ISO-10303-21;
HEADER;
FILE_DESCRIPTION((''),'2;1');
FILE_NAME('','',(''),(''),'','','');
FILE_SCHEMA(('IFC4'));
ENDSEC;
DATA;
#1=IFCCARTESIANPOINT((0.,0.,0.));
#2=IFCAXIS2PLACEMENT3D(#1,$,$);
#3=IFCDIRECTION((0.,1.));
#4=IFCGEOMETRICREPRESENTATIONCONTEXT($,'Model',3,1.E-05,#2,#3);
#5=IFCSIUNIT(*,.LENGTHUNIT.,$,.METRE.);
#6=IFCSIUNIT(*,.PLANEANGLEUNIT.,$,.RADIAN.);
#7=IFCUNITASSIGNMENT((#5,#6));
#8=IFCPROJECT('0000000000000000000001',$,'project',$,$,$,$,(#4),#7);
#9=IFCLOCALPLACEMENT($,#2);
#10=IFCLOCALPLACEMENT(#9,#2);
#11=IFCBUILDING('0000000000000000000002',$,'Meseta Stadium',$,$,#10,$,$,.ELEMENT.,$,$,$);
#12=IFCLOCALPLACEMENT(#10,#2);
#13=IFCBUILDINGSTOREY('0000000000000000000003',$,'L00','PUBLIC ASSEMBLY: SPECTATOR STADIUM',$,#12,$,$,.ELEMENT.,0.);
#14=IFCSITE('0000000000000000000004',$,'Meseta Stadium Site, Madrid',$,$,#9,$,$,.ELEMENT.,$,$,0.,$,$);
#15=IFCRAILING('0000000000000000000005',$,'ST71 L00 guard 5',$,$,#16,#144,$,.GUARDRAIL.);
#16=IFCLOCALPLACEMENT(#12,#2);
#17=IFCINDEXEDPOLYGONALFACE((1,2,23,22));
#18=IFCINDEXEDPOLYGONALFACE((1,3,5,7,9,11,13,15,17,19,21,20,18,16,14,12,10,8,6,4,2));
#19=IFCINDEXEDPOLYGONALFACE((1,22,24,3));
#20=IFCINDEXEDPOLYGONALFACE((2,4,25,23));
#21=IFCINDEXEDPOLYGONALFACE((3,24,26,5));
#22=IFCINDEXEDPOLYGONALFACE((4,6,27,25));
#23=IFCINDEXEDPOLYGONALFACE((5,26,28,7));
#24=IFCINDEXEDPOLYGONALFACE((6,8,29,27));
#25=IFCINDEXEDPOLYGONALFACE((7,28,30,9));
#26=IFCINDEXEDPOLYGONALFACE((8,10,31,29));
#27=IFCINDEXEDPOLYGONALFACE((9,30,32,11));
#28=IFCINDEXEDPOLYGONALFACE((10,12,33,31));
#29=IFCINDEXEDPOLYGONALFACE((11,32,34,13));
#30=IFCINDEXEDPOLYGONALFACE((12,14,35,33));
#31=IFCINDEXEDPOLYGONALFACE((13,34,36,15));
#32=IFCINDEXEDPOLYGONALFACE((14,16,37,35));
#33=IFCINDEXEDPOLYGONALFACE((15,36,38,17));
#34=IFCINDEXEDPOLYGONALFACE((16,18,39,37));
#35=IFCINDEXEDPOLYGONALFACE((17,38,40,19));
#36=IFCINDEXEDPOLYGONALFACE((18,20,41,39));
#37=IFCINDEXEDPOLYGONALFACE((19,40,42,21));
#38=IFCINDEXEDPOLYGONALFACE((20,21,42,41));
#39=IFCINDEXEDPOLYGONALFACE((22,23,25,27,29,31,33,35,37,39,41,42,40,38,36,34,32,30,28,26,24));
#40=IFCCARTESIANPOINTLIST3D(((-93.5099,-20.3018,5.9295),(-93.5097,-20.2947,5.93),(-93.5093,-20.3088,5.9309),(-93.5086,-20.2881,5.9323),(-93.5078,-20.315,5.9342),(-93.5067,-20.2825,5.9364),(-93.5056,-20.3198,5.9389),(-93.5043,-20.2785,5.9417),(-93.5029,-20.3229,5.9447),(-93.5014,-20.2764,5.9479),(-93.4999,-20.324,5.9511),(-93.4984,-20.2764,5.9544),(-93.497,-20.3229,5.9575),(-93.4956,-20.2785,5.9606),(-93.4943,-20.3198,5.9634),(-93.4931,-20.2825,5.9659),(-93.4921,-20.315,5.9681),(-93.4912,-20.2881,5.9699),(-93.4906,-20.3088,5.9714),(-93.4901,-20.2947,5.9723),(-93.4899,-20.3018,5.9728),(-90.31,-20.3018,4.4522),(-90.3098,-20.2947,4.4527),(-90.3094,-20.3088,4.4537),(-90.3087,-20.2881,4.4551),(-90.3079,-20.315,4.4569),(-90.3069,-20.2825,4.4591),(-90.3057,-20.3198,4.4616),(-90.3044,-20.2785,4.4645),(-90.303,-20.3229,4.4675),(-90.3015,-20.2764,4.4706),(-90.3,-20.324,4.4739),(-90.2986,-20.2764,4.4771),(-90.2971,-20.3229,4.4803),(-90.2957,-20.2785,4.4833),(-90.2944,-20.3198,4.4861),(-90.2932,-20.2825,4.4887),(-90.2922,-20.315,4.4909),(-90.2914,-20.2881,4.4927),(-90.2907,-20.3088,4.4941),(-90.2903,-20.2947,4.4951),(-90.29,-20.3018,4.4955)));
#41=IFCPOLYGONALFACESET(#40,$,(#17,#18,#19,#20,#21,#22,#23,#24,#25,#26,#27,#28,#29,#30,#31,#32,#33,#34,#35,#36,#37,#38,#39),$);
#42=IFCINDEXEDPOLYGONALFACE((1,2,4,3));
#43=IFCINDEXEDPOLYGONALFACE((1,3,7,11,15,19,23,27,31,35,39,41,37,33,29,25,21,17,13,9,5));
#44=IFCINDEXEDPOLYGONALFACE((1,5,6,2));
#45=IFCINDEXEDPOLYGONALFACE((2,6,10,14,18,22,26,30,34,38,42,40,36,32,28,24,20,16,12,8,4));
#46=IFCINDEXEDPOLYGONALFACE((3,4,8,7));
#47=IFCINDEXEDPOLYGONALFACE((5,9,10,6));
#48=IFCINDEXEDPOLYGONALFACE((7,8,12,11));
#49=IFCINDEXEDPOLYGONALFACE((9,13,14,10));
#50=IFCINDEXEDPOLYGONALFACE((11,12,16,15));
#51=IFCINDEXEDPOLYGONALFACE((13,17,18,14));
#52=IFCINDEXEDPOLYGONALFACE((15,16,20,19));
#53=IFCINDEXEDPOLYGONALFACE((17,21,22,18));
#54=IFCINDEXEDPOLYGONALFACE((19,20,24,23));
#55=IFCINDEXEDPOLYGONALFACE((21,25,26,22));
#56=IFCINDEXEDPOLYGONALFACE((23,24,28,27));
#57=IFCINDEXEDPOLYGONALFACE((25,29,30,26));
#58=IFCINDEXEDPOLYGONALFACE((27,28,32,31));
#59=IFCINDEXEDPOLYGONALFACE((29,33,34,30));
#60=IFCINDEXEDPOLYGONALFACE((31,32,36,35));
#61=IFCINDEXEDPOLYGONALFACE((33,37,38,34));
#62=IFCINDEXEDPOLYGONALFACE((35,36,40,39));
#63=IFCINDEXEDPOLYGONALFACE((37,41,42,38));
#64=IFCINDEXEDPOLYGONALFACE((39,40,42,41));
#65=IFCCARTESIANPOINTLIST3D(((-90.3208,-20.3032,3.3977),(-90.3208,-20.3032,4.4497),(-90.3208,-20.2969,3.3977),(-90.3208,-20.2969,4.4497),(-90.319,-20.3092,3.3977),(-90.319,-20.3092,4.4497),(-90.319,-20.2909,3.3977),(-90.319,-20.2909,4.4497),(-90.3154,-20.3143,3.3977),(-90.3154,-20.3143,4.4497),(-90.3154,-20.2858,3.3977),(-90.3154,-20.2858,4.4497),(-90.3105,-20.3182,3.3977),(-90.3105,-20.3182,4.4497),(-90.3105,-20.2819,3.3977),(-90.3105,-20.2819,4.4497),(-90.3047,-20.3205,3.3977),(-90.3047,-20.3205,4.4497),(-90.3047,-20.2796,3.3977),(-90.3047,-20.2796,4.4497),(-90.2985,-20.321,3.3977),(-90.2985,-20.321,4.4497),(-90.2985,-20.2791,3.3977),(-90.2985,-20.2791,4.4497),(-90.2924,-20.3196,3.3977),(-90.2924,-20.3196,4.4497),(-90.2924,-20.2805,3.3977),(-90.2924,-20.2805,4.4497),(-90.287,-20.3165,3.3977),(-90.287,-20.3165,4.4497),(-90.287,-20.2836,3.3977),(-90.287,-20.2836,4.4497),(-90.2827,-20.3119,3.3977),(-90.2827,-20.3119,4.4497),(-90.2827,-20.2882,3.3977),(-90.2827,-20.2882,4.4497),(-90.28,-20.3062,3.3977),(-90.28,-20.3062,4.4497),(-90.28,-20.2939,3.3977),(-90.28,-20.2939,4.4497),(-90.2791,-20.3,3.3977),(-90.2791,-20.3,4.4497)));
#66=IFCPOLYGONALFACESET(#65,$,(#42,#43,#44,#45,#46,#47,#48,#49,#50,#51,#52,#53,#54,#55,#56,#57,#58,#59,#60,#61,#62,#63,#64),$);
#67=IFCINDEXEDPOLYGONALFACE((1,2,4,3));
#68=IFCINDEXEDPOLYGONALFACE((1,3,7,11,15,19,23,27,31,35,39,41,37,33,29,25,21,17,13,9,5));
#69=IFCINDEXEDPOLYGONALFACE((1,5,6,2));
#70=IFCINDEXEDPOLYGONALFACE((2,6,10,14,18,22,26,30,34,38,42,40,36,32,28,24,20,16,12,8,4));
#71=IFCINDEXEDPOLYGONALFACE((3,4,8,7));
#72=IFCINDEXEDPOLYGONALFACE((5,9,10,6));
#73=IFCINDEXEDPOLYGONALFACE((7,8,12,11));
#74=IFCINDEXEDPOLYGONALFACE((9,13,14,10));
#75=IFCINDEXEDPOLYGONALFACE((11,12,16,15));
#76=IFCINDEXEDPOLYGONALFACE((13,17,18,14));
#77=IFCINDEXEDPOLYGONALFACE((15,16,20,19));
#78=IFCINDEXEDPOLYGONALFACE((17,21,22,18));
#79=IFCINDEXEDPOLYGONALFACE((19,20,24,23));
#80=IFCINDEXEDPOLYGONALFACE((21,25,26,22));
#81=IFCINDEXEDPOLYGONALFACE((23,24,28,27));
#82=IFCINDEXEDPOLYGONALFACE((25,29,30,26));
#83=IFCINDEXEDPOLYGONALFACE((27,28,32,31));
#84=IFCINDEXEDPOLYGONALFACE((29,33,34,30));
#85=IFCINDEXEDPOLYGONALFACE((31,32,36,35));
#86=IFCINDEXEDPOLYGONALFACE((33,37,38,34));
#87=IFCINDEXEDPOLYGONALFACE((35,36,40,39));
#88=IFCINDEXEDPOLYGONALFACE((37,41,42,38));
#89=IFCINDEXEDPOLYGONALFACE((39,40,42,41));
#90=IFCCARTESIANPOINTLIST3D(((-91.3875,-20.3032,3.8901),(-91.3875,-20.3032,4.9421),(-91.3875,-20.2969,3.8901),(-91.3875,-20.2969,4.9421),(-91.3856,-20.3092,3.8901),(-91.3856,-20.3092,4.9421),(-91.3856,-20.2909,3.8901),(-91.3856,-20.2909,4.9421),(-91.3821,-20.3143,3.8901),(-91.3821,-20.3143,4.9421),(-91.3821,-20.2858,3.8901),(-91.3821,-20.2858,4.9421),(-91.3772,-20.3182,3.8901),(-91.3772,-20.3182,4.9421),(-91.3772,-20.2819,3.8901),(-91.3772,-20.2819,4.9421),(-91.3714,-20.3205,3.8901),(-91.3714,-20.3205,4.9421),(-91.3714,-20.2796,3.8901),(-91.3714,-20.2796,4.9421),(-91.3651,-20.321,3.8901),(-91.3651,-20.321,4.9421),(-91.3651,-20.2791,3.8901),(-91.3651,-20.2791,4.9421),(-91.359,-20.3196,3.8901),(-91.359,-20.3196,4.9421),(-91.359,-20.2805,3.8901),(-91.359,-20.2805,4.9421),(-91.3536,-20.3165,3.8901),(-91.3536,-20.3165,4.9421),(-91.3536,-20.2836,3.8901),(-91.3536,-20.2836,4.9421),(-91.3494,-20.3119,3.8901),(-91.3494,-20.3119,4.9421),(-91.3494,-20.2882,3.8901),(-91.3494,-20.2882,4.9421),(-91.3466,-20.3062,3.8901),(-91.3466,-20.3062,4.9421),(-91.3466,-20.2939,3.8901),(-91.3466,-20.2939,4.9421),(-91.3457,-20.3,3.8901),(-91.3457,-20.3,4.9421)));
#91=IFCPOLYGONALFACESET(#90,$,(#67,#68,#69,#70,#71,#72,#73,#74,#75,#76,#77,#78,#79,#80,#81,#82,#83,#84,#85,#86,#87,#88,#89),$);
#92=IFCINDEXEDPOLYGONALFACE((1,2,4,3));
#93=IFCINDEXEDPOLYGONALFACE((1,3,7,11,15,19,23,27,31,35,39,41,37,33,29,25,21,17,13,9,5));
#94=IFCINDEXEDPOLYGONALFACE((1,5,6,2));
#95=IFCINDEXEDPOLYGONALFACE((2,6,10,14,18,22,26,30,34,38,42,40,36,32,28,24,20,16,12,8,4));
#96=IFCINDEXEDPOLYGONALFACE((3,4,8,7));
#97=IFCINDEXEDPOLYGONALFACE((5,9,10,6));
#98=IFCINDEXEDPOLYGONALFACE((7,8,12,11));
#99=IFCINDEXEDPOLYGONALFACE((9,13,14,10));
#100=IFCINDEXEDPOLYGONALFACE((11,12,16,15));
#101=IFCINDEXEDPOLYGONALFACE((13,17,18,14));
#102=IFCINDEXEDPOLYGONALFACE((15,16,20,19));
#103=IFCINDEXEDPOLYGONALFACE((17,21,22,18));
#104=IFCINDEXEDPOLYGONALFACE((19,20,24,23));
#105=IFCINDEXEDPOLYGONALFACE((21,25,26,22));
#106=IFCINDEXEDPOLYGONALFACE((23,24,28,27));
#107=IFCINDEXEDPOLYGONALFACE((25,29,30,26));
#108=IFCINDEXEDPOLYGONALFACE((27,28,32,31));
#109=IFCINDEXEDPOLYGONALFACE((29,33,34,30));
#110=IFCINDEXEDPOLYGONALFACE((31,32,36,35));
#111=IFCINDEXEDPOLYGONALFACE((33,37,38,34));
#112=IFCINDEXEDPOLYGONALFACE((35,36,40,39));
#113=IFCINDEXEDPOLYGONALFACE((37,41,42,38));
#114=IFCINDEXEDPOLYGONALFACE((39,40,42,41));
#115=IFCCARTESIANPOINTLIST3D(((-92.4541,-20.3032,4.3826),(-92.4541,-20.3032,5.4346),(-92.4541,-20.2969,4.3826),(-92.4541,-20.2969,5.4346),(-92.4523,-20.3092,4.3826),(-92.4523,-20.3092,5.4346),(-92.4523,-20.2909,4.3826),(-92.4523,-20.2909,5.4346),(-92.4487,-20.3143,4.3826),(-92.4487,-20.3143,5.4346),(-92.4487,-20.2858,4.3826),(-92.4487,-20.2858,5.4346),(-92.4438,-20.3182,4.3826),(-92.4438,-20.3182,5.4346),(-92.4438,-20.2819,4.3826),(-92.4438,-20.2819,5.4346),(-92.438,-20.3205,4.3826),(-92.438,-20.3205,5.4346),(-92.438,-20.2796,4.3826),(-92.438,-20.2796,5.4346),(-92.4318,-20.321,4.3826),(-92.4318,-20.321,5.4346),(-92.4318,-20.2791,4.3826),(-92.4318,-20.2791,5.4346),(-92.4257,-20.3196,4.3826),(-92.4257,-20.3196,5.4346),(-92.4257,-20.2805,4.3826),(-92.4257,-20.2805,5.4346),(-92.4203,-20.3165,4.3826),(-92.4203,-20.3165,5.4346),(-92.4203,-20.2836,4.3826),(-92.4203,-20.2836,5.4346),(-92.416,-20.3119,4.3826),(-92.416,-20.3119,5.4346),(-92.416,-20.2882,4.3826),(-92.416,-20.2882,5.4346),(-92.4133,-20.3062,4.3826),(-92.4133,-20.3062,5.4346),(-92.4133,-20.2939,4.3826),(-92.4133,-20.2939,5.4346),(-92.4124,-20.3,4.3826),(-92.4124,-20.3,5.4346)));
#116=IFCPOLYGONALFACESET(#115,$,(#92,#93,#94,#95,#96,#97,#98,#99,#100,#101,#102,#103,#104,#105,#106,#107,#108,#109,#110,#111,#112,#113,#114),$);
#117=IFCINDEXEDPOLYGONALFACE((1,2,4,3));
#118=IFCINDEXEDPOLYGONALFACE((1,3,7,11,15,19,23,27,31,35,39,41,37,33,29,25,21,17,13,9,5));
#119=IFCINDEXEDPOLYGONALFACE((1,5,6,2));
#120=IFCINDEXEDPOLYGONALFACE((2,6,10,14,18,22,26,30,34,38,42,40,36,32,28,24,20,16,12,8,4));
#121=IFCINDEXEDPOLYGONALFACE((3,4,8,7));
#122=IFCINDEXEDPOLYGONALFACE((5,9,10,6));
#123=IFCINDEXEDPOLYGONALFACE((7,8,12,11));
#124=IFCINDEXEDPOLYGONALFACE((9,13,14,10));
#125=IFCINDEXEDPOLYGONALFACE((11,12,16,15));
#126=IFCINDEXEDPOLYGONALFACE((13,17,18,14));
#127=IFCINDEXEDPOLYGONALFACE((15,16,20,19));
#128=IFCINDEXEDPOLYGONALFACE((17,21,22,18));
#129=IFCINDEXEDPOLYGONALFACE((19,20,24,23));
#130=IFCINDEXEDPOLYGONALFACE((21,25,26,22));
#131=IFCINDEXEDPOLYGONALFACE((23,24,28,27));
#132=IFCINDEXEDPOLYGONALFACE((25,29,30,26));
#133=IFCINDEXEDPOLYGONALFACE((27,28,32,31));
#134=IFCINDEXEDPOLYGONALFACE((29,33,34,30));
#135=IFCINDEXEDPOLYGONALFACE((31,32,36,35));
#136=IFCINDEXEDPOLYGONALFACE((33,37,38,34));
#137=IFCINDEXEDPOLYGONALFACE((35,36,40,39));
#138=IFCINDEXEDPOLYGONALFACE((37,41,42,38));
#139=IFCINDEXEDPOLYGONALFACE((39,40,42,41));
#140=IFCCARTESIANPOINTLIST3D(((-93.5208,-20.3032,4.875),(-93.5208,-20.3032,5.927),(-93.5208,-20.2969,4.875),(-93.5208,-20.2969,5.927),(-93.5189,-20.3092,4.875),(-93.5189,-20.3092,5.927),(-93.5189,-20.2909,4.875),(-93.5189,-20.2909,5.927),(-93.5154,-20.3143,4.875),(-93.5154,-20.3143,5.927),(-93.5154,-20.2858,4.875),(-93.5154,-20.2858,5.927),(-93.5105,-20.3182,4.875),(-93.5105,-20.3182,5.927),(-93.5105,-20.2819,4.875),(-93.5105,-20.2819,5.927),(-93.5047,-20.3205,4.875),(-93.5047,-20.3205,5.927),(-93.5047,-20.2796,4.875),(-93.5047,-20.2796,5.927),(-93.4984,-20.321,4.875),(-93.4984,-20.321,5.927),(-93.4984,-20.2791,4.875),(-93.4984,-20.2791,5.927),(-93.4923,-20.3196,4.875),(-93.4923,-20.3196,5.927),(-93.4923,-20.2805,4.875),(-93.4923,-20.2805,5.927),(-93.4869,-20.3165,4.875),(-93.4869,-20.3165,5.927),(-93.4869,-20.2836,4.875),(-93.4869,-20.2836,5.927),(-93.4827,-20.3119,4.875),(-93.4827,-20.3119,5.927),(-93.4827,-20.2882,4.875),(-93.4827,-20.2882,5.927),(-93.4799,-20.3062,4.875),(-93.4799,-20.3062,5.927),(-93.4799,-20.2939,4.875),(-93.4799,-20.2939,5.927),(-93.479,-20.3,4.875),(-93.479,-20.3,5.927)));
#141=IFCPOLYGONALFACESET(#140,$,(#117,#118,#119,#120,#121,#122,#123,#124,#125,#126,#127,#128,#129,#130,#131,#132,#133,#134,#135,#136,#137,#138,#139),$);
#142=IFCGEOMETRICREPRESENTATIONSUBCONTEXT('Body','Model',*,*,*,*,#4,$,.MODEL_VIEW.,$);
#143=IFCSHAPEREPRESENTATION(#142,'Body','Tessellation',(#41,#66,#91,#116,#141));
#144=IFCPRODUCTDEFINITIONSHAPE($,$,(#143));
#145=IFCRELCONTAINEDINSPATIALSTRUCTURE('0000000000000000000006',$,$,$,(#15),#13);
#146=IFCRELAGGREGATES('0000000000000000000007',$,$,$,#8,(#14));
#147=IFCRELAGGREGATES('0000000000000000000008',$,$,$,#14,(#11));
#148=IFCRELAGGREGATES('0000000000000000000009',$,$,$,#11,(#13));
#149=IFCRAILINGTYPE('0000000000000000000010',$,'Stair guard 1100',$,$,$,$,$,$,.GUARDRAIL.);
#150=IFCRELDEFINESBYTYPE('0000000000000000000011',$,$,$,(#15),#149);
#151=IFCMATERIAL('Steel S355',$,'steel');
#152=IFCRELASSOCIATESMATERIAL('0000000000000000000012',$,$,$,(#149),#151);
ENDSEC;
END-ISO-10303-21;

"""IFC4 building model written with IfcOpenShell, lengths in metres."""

from ifc_helpers import new_model, si_unit, direction, frame, origin, origin_2d, place, context, subcontext, project, spatial, circle, extrude, material, type_object, element, save


model = new_model("IFC4")

# Units and contexts
model_context = context("Model", 3, precision=1e-05, world=origin(), true_north=direction((0.0, 1.0)))
body_context = subcontext(model_context, "Body", "Model", "MODEL_VIEW")
ifc_project = project(units=[si_unit("LENGTHUNIT", "METRE"), si_unit("PLANEANGLEUNIT", "RADIAN")], contexts=[model_context])

# Site, building, storey
site_placement = place(None, origin())
site = spatial("IfcSite", under=ifc_project, at=site_placement, Name="Meseta Stadium Site, Madrid", CompositionType="ELEMENT", RefElevation=0.0)
building_placement = place(site_placement, origin())
building = spatial("IfcBuilding", under=site, at=building_placement, Name="Meseta Stadium", CompositionType="ELEMENT")
storey_placement = place(building_placement, origin())
storey = spatial("IfcBuildingStorey", under=building, at=storey_placement, Name="L00", Description="PUBLIC ASSEMBLY: SPECTATOR STADIUM", CompositionType="ELEMENT", Elevation=0.0)

# Railing
ifc_material_1 = material(Name="Steel S355", Category="steel")
railing_type_1 = type_object("IfcRailingType", Name="Stair guard 1100", PredefinedType="GUARDRAIL", material=ifc_material_1)
railing_1_placement = place(storey_placement, frame((-90.3, -20.3, 3.3977)))
element("IfcRailing", 1, at=railing_1_placement, inside=storey, type_object=railing_type_1, Name="ST71 L00 guard 5", PredefinedType="GUARDRAIL", context=body_context, shape_type="SweptSolid", body=[
    extrude(circle(Radius=0.0239, at=origin_2d()), frame((0.0, 0.0, 1.0762), z_axis=(-0.907917, 0.0, 0.41915), x_axis=(0.0, -1.0, 0.0)), (0.0, 0.0, 1.0), 3.5244),
    extrude(circle(Radius=0.021, at=origin_2d()), origin(), (0.0, 0.0, 1.0), 1.052),
    extrude(circle(Radius=0.021, at=origin_2d()), frame((-1.0667, 0.0, 0.4924)), (0.0, 0.0, 1.0), 1.052),
    extrude(circle(Radius=0.021, at=origin_2d()), frame((-2.1333, 0.0, 0.9849)), (0.0, 0.0, 1.0), 1.052),
    extrude(circle(Radius=0.021, at=origin_2d()), frame((-3.2, 0.0, 1.4773)), (0.0, 0.0, 1.0), 1.052),
])

save(model, "model.ifc")
